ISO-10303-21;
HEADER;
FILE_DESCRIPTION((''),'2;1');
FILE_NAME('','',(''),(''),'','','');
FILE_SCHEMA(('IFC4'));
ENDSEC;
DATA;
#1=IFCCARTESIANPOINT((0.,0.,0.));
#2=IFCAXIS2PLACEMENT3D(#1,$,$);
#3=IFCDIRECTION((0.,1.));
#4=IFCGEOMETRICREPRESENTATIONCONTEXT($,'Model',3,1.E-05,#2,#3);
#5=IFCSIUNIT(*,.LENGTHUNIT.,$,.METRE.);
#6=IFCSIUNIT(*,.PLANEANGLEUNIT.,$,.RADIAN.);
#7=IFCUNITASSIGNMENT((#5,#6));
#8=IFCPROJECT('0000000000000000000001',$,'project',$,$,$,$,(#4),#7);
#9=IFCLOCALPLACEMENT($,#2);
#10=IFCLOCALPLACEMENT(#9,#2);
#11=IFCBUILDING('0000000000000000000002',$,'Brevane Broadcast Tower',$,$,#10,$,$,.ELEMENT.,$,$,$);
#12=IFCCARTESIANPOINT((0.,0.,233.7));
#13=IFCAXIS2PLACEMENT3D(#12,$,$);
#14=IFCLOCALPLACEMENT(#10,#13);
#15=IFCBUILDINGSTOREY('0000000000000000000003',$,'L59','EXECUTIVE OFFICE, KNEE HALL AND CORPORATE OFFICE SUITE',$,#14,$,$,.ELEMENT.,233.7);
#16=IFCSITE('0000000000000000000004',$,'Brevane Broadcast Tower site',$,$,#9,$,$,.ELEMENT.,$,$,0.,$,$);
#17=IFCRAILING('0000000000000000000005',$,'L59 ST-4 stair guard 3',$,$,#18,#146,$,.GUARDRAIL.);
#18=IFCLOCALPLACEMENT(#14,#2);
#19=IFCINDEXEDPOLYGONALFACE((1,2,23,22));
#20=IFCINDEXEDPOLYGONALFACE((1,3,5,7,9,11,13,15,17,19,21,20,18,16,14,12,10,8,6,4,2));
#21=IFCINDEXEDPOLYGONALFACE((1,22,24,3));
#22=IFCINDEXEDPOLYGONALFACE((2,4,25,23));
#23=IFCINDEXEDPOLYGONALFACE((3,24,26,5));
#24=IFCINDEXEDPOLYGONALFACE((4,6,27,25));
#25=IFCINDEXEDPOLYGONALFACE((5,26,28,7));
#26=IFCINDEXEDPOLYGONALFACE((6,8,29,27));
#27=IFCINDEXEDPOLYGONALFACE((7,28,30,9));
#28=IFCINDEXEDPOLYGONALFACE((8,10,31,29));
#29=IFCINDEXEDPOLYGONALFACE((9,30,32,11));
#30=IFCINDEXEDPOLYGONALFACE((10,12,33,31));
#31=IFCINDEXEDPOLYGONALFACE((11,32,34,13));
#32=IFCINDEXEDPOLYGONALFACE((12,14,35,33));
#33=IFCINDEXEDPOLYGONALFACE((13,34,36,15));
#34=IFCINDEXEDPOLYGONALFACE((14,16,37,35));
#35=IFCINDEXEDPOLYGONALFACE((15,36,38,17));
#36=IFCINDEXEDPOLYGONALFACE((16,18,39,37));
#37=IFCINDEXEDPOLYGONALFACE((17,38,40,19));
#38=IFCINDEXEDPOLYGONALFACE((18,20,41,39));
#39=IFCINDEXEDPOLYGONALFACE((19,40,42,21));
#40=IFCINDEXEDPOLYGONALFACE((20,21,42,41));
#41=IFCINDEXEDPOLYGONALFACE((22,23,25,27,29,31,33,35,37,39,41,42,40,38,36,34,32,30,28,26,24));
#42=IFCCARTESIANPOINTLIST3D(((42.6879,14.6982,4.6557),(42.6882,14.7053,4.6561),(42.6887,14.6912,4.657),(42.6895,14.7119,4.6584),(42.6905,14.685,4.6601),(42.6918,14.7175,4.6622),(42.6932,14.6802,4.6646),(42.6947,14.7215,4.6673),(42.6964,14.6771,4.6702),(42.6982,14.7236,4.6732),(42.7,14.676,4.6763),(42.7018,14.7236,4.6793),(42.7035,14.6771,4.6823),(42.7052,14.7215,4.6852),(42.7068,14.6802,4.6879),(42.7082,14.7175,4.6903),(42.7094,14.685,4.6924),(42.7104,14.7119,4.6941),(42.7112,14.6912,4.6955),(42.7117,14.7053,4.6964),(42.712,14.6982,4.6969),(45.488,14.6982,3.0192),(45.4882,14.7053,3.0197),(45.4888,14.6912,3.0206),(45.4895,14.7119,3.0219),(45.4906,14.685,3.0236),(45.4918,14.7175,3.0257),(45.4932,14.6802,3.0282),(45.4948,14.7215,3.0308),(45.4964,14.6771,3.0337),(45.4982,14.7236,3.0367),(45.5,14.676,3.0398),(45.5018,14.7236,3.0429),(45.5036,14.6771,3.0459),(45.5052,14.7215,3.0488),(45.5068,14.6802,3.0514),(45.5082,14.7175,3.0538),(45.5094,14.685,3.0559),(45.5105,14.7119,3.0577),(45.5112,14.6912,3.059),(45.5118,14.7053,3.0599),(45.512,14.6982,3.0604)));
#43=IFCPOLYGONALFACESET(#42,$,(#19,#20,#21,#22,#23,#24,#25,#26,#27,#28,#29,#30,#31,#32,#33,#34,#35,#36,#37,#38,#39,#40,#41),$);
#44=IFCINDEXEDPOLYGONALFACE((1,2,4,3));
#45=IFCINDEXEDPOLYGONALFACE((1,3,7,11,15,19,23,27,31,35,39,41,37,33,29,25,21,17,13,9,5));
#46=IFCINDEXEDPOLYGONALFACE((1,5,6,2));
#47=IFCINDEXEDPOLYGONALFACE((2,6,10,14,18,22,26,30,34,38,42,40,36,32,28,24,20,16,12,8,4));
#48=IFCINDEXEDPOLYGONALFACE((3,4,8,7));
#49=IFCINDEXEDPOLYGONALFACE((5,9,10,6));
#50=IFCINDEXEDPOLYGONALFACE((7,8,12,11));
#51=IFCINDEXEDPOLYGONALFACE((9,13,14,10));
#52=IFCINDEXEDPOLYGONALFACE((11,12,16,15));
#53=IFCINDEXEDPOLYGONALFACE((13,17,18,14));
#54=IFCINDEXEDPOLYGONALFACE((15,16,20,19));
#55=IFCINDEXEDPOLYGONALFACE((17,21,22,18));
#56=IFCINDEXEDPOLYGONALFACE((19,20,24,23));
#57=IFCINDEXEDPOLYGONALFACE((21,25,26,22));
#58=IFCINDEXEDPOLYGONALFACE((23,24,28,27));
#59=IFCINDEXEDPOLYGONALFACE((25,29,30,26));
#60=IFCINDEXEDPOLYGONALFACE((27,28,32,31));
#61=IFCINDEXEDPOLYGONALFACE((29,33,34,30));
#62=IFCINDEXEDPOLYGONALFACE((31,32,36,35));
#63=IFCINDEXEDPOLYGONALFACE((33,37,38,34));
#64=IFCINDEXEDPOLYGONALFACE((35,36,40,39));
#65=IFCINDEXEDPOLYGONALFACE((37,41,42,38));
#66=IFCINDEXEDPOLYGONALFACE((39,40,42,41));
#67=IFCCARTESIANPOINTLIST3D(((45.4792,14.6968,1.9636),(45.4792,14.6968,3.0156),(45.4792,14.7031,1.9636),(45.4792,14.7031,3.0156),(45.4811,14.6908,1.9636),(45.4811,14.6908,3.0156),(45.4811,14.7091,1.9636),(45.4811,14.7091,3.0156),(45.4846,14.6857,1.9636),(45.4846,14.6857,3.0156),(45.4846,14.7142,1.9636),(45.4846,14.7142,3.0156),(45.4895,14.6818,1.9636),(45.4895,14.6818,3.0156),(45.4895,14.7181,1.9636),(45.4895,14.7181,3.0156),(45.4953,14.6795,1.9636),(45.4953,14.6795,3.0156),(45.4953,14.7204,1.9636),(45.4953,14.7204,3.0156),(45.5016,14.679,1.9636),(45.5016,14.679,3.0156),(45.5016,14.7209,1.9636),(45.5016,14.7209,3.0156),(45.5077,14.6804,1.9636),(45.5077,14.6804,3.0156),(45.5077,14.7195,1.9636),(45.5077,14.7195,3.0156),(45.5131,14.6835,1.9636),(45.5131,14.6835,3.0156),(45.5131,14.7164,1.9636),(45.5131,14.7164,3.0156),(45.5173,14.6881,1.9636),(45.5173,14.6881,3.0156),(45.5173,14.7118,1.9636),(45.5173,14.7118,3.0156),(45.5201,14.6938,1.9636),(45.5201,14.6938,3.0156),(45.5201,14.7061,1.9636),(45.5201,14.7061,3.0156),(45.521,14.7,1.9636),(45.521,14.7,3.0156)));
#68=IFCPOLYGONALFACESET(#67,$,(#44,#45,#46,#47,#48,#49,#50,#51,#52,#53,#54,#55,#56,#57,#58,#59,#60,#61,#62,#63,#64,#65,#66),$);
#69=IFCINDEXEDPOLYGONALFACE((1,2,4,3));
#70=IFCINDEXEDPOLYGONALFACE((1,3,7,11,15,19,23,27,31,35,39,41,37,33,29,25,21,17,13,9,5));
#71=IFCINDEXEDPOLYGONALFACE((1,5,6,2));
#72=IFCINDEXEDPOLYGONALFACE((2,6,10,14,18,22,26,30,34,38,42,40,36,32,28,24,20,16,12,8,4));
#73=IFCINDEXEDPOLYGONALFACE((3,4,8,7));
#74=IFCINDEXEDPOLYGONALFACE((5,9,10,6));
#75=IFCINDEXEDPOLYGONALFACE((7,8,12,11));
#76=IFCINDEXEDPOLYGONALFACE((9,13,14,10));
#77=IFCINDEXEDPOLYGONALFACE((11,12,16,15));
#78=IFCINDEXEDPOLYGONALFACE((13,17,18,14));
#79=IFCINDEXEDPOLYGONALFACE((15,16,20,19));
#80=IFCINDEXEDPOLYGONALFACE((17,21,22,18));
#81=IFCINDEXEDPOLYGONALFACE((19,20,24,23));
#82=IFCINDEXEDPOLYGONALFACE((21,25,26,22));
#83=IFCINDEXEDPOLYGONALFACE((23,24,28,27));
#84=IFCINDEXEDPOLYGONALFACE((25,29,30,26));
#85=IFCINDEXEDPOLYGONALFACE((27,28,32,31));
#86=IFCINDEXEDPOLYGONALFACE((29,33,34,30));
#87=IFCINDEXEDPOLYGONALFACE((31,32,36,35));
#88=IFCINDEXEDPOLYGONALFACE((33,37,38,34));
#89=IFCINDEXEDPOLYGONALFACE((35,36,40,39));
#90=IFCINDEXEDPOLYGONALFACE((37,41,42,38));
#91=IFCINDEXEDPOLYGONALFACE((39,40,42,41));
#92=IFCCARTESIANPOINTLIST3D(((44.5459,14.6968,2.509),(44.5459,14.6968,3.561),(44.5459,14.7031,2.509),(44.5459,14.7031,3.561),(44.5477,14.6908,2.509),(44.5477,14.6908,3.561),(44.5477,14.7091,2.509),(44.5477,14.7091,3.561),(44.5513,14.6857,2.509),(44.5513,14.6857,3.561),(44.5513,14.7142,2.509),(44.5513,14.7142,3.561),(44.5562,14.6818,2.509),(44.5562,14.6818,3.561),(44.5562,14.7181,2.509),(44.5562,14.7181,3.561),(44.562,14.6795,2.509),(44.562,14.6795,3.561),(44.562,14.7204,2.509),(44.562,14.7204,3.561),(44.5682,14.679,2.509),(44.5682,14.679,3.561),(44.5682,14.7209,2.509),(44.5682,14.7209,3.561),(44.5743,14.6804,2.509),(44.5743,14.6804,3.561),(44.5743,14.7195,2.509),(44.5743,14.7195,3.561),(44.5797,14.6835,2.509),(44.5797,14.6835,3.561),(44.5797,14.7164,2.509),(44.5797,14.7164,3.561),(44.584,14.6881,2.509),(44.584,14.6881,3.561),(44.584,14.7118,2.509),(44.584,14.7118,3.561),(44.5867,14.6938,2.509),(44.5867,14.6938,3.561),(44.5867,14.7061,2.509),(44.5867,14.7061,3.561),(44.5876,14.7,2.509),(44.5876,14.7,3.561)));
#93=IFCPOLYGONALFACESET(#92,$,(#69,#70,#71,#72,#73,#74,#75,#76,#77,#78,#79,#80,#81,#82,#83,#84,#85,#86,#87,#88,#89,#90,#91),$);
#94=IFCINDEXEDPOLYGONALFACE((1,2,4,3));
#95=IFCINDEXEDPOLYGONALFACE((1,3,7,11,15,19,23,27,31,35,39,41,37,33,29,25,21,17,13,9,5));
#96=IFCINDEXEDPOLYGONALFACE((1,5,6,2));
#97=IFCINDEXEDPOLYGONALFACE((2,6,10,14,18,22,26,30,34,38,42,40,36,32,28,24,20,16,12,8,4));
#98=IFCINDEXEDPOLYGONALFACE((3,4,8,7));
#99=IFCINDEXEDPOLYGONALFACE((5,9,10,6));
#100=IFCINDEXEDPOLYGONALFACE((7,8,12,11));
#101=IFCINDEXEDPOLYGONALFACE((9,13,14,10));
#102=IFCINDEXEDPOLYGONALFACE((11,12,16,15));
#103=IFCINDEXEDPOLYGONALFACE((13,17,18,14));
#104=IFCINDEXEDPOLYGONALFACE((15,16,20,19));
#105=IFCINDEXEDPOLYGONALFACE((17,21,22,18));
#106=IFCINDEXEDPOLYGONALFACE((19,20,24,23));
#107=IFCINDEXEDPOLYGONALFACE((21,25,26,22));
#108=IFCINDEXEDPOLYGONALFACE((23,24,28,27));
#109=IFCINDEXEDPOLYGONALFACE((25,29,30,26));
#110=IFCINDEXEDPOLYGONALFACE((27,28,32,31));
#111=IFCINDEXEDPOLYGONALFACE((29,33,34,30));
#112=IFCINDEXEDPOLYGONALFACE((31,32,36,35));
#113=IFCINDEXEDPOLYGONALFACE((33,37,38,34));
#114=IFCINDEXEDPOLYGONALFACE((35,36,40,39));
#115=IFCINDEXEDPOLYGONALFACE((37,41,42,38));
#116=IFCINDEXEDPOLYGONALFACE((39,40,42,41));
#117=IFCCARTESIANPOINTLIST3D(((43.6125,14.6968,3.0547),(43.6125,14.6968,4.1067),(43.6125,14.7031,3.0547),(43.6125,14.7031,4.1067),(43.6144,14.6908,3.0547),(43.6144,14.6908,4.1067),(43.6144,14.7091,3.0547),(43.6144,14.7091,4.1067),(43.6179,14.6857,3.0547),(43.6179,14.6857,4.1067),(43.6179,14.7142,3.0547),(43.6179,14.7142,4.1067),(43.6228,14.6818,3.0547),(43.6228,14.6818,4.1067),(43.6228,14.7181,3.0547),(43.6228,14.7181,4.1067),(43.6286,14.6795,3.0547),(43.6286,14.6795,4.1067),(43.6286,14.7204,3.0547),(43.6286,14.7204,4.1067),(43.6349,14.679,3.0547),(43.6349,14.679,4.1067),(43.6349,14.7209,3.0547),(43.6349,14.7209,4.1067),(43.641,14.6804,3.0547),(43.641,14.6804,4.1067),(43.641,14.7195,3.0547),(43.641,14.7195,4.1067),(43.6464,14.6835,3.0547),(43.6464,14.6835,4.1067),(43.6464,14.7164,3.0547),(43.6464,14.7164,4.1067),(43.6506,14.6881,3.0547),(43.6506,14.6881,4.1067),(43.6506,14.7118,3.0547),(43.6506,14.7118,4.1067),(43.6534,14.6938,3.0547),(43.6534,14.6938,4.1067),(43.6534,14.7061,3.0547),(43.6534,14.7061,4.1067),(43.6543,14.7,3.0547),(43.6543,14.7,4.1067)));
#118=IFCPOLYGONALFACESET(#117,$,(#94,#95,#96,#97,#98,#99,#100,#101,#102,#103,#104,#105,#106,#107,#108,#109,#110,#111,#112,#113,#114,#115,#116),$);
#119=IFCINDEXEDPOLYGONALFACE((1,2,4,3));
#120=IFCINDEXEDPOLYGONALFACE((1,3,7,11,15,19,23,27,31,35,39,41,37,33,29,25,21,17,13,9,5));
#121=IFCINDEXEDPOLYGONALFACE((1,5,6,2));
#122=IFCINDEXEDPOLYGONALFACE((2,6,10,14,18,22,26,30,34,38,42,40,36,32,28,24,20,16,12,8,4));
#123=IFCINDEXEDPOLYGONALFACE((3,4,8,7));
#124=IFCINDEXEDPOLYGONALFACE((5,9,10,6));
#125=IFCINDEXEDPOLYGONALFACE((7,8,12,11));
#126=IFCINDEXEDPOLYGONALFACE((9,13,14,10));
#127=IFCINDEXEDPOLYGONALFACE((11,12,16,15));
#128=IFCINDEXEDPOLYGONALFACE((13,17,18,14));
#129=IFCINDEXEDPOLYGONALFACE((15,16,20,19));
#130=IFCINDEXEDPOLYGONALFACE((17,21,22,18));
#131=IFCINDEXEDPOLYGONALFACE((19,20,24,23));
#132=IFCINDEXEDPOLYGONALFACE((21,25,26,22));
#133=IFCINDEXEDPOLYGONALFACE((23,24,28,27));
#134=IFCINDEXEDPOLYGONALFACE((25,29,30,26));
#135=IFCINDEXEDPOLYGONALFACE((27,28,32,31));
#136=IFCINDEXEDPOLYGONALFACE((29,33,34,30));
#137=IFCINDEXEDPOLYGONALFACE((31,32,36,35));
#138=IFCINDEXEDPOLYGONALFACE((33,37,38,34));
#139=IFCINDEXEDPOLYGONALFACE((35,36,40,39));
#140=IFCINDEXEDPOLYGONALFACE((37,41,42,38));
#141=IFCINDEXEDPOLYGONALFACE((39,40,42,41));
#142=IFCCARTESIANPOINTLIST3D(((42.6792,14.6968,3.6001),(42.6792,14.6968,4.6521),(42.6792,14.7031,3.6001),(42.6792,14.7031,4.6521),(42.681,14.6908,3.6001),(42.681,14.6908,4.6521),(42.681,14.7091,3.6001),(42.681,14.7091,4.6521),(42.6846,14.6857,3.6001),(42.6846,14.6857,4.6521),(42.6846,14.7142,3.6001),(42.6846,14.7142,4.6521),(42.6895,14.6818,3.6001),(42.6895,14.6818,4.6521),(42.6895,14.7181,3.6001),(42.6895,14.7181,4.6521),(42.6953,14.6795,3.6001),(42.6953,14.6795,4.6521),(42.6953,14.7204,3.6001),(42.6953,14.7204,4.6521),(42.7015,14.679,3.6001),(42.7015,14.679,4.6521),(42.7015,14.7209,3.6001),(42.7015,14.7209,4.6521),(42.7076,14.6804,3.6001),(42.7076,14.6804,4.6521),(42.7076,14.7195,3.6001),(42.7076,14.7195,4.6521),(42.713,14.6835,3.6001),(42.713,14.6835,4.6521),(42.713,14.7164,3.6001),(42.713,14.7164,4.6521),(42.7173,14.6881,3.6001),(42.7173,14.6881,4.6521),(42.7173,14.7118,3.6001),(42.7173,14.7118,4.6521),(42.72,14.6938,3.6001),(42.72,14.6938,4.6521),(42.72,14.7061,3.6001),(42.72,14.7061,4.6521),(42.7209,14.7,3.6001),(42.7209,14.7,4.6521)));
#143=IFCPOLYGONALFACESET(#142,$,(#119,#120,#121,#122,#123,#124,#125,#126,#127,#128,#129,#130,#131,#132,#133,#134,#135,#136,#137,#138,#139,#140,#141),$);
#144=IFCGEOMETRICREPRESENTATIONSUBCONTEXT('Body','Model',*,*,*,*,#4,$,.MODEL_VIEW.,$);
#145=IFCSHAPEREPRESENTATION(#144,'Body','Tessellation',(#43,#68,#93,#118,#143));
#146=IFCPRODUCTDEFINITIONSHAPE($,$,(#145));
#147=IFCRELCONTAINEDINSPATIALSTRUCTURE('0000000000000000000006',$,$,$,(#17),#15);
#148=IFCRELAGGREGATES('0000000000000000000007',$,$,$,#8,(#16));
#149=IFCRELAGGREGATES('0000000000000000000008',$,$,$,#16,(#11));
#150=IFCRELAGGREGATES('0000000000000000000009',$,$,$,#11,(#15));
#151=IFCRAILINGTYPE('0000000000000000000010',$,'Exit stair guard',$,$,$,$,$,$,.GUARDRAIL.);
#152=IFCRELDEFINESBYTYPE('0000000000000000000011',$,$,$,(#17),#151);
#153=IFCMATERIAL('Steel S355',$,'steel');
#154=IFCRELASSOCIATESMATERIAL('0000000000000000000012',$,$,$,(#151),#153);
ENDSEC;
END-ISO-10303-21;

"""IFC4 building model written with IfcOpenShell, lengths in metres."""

from ifc_helpers import new_model, si_unit, direction, frame, origin, origin_2d, place, context, subcontext, project, spatial, circle, extrude, material, type_object, element, save


model = new_model("IFC4")

# Units and contexts
model_context = context("Model", 3, precision=1e-05, world=origin(), true_north=direction((0.0, 1.0)))
body_context = subcontext(model_context, "Body", "Model", "MODEL_VIEW")
ifc_project = project(units=[si_unit("LENGTHUNIT", "METRE"), si_unit("PLANEANGLEUNIT", "RADIAN")], contexts=[model_context])

# Site, building, storey
site_placement = place(None, origin())
site = spatial("IfcSite", under=ifc_project, at=site_placement, Name="Brevane Broadcast Tower site", CompositionType="ELEMENT", RefElevation=0.0)
building_placement = place(site_placement, origin())
building = spatial("IfcBuilding", under=site, at=building_placement, Name="Brevane Broadcast Tower", CompositionType="ELEMENT")
storey_placement = place(building_placement, frame((0.0, 0.0, 233.7)))
storey = spatial("IfcBuildingStorey", under=building, at=storey_placement, Name="L59", Description="EXECUTIVE OFFICE, KNEE HALL AND CORPORATE OFFICE SUITE", CompositionType="ELEMENT", Elevation=233.7)

# Railing
ifc_material_1 = material(Name="Steel S355", Category="steel")
railing_type_1 = type_object("IfcRailingType", Name="Exit stair guard", PredefinedType="GUARDRAIL", material=ifc_material_1)
railing_1_placement = place(storey_placement, frame((45.5, 14.7, 1.9636)))
element("IfcRailing", 1, at=railing_1_placement, inside=storey, type_object=railing_type_1, Name="L59 ST-4 stair guard 3", PredefinedType="GUARDRAIL", context=body_context, shape_type="SweptSolid", body=[
    extrude(circle(Radius=0.0239, at=origin_2d()), frame((0.0, 0.0, 1.0762), z_axis=(-0.863361, 0.0, 0.504587), x_axis=(0.0, -1.0, 0.0)), (0.0, 0.0, 1.0), 3.2432),
    extrude(circle(Radius=0.021, at=origin_2d()), origin(), (0.0, 0.0, 1.0), 1.052),
    extrude(circle(Radius=0.021, at=origin_2d()), frame((-0.9333, 0.0, 0.5454)), (0.0, 0.0, 1.0), 1.052),
    extrude(circle(Radius=0.021, at=origin_2d()), frame((-1.8667, 0.0, 1.0911)), (0.0, 0.0, 1.0), 1.052),
    extrude(circle(Radius=0.021, at=origin_2d()), frame((-2.8, 0.0, 1.6365)), (0.0, 0.0, 1.0), 1.052),
])

save(model, "model.ifc")
